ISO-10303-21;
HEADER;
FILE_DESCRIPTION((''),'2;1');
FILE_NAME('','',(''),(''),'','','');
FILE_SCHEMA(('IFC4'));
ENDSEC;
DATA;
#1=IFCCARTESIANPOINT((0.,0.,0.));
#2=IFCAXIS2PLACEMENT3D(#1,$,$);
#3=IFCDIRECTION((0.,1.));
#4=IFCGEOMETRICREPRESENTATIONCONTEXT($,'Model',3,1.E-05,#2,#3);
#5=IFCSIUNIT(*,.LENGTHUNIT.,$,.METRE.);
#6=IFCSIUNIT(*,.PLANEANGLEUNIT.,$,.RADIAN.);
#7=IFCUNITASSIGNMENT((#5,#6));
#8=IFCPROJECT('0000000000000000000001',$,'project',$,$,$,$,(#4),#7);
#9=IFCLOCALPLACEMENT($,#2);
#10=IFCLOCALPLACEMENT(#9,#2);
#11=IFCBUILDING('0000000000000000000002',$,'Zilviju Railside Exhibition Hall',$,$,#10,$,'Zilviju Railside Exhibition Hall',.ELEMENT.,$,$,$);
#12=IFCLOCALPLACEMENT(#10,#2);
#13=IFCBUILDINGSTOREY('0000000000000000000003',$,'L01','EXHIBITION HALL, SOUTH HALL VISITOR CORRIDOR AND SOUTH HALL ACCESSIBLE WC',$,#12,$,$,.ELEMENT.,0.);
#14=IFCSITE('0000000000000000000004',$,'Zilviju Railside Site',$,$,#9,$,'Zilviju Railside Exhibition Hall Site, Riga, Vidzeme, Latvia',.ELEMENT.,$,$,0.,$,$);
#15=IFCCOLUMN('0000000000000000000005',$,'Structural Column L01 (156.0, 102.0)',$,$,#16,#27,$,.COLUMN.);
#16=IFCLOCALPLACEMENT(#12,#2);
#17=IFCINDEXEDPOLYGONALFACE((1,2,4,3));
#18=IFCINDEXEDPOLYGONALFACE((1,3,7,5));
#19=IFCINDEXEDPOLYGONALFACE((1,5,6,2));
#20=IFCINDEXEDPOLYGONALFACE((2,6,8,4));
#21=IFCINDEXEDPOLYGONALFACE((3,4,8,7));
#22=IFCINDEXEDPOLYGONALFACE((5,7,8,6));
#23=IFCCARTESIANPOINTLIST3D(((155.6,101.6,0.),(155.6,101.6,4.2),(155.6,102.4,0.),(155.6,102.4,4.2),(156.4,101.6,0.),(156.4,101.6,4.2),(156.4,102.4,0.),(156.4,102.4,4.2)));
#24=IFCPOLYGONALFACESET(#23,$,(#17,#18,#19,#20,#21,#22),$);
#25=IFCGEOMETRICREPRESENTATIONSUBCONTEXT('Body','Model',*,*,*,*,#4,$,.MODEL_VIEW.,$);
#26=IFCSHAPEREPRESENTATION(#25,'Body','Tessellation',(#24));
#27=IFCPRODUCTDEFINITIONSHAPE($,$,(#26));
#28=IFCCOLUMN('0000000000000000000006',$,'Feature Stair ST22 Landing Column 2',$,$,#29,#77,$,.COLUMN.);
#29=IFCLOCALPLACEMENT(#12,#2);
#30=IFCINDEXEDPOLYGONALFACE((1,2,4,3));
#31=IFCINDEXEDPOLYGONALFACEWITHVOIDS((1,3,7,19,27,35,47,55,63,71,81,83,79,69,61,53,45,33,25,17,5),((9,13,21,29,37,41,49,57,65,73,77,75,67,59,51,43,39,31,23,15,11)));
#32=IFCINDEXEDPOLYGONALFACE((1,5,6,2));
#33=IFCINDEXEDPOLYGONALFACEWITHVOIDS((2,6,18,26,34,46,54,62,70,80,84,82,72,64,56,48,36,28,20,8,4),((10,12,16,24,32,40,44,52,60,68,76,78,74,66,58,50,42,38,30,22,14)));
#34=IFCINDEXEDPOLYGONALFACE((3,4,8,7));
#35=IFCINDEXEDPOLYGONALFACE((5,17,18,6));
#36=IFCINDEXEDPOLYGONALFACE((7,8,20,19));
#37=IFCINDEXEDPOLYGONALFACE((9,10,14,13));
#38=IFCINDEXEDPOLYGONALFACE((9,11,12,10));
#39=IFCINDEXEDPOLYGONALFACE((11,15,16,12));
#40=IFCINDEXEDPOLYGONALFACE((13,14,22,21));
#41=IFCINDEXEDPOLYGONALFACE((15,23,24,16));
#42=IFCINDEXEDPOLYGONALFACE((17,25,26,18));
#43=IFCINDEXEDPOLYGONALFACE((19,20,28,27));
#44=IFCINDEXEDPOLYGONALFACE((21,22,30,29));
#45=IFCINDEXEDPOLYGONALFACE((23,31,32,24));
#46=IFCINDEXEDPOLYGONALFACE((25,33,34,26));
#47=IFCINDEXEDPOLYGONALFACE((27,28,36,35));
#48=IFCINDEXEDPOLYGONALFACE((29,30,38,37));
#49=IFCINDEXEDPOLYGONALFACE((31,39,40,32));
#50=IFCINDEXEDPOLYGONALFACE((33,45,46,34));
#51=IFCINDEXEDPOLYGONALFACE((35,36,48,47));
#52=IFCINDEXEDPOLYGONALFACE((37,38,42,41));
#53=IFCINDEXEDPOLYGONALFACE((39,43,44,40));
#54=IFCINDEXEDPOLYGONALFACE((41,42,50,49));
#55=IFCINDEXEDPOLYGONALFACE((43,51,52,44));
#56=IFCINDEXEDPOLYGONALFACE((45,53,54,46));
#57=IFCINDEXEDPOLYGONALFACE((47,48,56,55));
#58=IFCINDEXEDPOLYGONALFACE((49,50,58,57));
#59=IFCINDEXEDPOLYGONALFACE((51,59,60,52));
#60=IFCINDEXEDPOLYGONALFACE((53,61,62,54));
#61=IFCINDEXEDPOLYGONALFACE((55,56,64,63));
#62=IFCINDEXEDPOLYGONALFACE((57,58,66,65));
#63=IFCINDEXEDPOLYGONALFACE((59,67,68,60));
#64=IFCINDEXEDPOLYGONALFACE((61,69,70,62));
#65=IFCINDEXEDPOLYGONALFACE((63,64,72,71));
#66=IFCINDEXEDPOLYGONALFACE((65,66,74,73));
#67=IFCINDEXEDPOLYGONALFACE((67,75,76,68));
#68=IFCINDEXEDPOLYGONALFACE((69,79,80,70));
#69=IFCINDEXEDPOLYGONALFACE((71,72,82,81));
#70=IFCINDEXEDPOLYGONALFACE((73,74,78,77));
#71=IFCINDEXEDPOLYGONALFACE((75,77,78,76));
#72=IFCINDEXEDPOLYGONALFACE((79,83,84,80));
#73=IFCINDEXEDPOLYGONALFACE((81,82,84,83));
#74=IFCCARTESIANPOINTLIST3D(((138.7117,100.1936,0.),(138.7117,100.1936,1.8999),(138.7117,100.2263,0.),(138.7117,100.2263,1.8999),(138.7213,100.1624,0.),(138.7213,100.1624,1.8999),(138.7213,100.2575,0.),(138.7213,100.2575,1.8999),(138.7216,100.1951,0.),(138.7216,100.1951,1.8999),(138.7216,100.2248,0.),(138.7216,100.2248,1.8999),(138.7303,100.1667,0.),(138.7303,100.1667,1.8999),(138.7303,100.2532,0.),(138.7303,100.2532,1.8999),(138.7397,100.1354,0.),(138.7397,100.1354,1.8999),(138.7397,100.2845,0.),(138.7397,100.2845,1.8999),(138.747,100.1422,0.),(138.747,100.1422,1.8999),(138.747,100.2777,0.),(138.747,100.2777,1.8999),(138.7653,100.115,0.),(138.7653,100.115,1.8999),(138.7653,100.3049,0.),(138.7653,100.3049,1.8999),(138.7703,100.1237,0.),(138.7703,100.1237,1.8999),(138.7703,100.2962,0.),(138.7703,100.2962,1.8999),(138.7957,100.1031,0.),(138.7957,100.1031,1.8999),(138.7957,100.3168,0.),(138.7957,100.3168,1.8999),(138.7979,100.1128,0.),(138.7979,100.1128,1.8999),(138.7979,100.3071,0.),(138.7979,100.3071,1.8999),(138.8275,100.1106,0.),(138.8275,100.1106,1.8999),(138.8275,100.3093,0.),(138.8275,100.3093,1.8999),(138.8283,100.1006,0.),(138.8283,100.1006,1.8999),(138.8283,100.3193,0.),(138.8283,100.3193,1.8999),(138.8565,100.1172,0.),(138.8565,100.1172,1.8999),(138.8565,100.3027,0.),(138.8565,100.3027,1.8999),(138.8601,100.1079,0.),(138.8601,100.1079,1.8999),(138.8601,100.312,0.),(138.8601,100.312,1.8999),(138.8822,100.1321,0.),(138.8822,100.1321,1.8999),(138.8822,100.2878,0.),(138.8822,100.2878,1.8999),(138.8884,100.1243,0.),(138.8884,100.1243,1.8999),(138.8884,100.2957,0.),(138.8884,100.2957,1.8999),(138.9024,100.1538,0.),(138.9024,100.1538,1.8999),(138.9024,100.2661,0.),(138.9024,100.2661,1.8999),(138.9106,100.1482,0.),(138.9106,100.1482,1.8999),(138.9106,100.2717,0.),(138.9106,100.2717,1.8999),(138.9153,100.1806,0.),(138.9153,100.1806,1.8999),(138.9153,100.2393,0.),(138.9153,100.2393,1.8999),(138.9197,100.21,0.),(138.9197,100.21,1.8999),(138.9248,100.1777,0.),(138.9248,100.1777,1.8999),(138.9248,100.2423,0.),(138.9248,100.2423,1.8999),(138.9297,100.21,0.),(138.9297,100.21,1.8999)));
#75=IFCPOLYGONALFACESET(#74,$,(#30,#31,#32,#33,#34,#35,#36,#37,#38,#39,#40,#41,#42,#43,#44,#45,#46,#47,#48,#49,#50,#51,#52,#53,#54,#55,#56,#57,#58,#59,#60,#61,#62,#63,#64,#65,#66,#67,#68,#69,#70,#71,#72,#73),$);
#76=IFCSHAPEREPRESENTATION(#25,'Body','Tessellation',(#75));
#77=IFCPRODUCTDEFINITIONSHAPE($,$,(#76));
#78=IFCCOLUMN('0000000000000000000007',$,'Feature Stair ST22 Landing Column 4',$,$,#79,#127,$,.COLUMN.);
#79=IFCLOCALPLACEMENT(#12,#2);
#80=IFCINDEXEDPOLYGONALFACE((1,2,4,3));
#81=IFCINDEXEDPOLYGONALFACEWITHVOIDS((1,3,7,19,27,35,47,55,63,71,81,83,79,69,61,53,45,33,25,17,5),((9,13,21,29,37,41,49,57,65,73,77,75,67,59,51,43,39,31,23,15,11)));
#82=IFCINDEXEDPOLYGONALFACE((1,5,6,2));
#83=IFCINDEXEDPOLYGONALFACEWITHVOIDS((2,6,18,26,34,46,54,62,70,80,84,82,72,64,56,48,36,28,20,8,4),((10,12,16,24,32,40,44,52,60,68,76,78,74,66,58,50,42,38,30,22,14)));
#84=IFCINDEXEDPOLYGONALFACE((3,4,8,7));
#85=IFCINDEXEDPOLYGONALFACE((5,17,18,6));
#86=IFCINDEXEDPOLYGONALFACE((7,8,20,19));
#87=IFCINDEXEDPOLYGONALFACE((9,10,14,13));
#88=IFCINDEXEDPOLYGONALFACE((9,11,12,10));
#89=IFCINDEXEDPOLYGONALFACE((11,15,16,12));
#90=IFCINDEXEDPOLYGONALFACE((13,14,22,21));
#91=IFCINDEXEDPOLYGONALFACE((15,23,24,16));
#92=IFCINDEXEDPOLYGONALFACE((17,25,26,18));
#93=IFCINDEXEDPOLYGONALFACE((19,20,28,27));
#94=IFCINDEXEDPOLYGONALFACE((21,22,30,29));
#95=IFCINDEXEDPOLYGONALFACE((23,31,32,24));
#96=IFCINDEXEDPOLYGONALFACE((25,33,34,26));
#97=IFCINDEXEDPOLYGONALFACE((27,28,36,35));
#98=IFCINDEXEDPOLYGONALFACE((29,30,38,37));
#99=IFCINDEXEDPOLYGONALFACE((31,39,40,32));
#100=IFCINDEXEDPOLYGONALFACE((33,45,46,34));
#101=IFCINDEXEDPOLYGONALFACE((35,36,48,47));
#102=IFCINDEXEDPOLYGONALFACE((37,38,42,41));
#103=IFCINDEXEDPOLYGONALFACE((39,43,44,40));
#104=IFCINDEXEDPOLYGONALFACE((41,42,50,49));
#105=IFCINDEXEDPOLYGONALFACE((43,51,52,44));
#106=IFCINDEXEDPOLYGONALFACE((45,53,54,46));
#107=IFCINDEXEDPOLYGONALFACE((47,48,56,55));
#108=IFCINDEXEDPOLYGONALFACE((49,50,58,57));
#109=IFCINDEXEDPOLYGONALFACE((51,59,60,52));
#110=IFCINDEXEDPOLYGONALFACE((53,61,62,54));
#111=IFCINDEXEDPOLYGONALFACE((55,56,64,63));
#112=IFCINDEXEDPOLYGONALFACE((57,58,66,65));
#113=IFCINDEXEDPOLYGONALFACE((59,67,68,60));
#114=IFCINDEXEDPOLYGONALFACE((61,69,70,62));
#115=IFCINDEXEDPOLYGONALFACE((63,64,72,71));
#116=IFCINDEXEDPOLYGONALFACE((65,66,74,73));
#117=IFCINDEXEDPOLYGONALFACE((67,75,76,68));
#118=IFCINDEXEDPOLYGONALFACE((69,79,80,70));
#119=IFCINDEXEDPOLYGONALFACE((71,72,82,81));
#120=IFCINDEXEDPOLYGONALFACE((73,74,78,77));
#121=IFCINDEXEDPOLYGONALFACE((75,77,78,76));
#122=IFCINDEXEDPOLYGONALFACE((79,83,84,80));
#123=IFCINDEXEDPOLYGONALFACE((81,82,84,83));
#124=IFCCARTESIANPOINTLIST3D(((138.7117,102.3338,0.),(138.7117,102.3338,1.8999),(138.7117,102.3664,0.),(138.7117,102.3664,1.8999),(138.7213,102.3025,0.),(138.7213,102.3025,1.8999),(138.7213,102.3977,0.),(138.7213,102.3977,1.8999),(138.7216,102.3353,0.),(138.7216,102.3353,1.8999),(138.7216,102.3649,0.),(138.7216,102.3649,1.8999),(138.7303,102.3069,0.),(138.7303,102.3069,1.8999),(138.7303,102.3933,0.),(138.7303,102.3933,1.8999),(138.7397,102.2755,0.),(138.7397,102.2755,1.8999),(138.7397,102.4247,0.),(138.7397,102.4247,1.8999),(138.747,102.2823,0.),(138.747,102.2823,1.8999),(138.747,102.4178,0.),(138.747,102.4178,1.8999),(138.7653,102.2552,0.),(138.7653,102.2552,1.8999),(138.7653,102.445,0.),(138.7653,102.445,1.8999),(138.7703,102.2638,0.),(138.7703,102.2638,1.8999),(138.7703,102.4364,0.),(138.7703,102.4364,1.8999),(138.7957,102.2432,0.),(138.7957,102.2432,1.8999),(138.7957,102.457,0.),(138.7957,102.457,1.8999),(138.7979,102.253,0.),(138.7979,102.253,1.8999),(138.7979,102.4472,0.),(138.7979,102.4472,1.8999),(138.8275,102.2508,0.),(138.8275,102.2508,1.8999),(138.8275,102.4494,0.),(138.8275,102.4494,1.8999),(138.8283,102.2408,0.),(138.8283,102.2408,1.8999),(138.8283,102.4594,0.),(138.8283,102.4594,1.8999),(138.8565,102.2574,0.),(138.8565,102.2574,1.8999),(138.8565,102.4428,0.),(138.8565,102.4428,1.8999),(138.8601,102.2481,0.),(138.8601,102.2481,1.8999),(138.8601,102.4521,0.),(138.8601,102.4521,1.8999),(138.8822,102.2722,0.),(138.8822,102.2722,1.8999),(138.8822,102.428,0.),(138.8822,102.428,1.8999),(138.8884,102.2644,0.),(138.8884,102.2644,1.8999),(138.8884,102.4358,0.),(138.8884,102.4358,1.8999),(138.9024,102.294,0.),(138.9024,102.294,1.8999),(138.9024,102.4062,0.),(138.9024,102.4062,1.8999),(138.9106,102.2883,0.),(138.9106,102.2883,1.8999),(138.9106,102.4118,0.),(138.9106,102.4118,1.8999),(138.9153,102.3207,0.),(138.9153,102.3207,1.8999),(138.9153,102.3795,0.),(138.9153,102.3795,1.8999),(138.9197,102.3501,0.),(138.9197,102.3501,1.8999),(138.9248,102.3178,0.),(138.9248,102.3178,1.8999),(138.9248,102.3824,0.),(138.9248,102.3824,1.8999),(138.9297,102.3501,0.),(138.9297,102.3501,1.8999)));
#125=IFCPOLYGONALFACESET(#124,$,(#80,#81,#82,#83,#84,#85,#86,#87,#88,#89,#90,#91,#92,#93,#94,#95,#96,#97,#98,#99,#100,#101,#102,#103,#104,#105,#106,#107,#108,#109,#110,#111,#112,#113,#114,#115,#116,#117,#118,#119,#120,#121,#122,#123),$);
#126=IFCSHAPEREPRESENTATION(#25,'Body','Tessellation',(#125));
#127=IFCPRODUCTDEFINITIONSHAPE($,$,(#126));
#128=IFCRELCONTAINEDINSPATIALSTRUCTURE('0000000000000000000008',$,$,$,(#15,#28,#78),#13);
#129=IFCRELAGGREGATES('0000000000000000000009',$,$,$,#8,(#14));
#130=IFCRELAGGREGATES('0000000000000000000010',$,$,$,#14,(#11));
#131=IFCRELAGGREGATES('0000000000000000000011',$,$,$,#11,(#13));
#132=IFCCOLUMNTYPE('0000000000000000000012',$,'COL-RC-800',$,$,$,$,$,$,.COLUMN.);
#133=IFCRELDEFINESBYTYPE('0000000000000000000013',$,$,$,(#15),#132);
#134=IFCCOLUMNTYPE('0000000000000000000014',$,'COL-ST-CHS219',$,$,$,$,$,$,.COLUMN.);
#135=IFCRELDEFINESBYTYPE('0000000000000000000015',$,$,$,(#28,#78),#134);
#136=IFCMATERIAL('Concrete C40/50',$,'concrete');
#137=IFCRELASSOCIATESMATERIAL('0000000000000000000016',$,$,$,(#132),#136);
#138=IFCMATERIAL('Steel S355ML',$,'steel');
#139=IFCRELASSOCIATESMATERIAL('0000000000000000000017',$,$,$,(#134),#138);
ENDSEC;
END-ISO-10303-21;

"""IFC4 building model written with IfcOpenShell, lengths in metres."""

from ifc_helpers import new_model, si_unit, direction, frame, origin, origin_2d, place, context, subcontext, project, spatial, rectangle, hollow_circle, extrude, material, material_profile, profile_set, type_object, element, save


model = new_model("IFC4")

# Units and contexts
model_context = context("Model", 3, precision=1e-05, world=origin(), true_north=direction((0.0, 1.0)))
body_context = subcontext(model_context, "Body", "Model", "MODEL_VIEW")
ifc_project = project(units=[si_unit("LENGTHUNIT", "METRE"), si_unit("PLANEANGLEUNIT", "RADIAN")], contexts=[model_context])

# Site, building, storey
site_placement = place(None, origin())
site = spatial("IfcSite", under=ifc_project, at=site_placement, Name="Zilviju Railside Site", LongName="Zilviju Railside Exhibition Hall Site, Riga, Vidzeme, Latvia", CompositionType="ELEMENT", RefElevation=0.0)
building_placement = place(site_placement, origin())
building = spatial("IfcBuilding", under=site, at=building_placement, Name="Zilviju Railside Exhibition Hall", LongName="Zilviju Railside Exhibition Hall", CompositionType="ELEMENT")
storey_placement = place(building_placement, origin())
storey = spatial("IfcBuildingStorey", under=building, at=storey_placement, Name="L01", Description="EXHIBITION HALL, SOUTH HALL VISITOR CORRIDOR AND SOUTH HALL ACCESSIBLE WC", CompositionType="ELEMENT", Elevation=0.0)

# Columns
ifc_material_1 = material(Name="Concrete C40/50", Category="concrete")
ifc_material_profile_1 = material_profile(ifc_material_1, rectangle(XDim=0.8, YDim=0.8, at=origin_2d()), Name="RC COL 800x800")
ifc_profile_set_1 = profile_set([ifc_material_profile_1], Name="Concrete C40/50")
column_type_1 = type_object("IfcColumnType", Name="COL-RC-800", PredefinedType="COLUMN", material=ifc_profile_set_1)
for number, where, z_axis, x_axis, name in (
    (1, (156.0, 102.0, 0.0), (0.0, 0.0, 1.0), (1.0, 0.0, 0.0), "Structural Column L01 (156.0, 102.0)"),
):
    element("IfcColumn", number, at=place(storey_placement, frame(where, z_axis=z_axis, x_axis=x_axis)), inside=storey, type_object=column_type_1, Name=name, PredefinedType="COLUMN", context=body_context, shape_type="SweptSolid", body=[
        extrude(rectangle(XDim=0.8, YDim=0.8, at=origin_2d()), origin(), (0.0, 0.0, 1.0), 4.2),
    ])
ifc_material_2 = material(Name="Steel S355ML", Category="steel")
ifc_material_profile_2 = material_profile(ifc_material_2, hollow_circle(Radius=0.1096, WallThickness=0.01, at=origin_2d()), Name="CHS 219.1x10.0")
ifc_profile_set_2 = profile_set([ifc_material_profile_2], Name="Steel S355ML")
column_type_2 = type_object("IfcColumnType", Name="COL-ST-CHS219", PredefinedType="COLUMN", material=ifc_profile_set_2)
for number, where, z_axis, x_axis, name in (
    (2, (138.8201, 100.21, 0.0), (0.0, 0.0, 1.0), (1.0, 0.0, 0.0), "Feature Stair ST22 Landing Column 2"),
    (3, (138.8201, 102.3501, 0.0), (0.0, 0.0, 1.0), (1.0, 0.0, 0.0), "Feature Stair ST22 Landing Column 4"),
):
    element("IfcColumn", number, at=place(storey_placement, frame(where, z_axis=z_axis, x_axis=x_axis)), inside=storey, type_object=column_type_2, Name=name, PredefinedType="COLUMN", context=body_context, shape_type="SweptSolid", body=[
        extrude(hollow_circle(Radius=0.1096, WallThickness=0.01, at=origin_2d()), origin(), (0.0, 0.0, 1.0), 1.8999),
    ])

save(model, "model.ifc")
